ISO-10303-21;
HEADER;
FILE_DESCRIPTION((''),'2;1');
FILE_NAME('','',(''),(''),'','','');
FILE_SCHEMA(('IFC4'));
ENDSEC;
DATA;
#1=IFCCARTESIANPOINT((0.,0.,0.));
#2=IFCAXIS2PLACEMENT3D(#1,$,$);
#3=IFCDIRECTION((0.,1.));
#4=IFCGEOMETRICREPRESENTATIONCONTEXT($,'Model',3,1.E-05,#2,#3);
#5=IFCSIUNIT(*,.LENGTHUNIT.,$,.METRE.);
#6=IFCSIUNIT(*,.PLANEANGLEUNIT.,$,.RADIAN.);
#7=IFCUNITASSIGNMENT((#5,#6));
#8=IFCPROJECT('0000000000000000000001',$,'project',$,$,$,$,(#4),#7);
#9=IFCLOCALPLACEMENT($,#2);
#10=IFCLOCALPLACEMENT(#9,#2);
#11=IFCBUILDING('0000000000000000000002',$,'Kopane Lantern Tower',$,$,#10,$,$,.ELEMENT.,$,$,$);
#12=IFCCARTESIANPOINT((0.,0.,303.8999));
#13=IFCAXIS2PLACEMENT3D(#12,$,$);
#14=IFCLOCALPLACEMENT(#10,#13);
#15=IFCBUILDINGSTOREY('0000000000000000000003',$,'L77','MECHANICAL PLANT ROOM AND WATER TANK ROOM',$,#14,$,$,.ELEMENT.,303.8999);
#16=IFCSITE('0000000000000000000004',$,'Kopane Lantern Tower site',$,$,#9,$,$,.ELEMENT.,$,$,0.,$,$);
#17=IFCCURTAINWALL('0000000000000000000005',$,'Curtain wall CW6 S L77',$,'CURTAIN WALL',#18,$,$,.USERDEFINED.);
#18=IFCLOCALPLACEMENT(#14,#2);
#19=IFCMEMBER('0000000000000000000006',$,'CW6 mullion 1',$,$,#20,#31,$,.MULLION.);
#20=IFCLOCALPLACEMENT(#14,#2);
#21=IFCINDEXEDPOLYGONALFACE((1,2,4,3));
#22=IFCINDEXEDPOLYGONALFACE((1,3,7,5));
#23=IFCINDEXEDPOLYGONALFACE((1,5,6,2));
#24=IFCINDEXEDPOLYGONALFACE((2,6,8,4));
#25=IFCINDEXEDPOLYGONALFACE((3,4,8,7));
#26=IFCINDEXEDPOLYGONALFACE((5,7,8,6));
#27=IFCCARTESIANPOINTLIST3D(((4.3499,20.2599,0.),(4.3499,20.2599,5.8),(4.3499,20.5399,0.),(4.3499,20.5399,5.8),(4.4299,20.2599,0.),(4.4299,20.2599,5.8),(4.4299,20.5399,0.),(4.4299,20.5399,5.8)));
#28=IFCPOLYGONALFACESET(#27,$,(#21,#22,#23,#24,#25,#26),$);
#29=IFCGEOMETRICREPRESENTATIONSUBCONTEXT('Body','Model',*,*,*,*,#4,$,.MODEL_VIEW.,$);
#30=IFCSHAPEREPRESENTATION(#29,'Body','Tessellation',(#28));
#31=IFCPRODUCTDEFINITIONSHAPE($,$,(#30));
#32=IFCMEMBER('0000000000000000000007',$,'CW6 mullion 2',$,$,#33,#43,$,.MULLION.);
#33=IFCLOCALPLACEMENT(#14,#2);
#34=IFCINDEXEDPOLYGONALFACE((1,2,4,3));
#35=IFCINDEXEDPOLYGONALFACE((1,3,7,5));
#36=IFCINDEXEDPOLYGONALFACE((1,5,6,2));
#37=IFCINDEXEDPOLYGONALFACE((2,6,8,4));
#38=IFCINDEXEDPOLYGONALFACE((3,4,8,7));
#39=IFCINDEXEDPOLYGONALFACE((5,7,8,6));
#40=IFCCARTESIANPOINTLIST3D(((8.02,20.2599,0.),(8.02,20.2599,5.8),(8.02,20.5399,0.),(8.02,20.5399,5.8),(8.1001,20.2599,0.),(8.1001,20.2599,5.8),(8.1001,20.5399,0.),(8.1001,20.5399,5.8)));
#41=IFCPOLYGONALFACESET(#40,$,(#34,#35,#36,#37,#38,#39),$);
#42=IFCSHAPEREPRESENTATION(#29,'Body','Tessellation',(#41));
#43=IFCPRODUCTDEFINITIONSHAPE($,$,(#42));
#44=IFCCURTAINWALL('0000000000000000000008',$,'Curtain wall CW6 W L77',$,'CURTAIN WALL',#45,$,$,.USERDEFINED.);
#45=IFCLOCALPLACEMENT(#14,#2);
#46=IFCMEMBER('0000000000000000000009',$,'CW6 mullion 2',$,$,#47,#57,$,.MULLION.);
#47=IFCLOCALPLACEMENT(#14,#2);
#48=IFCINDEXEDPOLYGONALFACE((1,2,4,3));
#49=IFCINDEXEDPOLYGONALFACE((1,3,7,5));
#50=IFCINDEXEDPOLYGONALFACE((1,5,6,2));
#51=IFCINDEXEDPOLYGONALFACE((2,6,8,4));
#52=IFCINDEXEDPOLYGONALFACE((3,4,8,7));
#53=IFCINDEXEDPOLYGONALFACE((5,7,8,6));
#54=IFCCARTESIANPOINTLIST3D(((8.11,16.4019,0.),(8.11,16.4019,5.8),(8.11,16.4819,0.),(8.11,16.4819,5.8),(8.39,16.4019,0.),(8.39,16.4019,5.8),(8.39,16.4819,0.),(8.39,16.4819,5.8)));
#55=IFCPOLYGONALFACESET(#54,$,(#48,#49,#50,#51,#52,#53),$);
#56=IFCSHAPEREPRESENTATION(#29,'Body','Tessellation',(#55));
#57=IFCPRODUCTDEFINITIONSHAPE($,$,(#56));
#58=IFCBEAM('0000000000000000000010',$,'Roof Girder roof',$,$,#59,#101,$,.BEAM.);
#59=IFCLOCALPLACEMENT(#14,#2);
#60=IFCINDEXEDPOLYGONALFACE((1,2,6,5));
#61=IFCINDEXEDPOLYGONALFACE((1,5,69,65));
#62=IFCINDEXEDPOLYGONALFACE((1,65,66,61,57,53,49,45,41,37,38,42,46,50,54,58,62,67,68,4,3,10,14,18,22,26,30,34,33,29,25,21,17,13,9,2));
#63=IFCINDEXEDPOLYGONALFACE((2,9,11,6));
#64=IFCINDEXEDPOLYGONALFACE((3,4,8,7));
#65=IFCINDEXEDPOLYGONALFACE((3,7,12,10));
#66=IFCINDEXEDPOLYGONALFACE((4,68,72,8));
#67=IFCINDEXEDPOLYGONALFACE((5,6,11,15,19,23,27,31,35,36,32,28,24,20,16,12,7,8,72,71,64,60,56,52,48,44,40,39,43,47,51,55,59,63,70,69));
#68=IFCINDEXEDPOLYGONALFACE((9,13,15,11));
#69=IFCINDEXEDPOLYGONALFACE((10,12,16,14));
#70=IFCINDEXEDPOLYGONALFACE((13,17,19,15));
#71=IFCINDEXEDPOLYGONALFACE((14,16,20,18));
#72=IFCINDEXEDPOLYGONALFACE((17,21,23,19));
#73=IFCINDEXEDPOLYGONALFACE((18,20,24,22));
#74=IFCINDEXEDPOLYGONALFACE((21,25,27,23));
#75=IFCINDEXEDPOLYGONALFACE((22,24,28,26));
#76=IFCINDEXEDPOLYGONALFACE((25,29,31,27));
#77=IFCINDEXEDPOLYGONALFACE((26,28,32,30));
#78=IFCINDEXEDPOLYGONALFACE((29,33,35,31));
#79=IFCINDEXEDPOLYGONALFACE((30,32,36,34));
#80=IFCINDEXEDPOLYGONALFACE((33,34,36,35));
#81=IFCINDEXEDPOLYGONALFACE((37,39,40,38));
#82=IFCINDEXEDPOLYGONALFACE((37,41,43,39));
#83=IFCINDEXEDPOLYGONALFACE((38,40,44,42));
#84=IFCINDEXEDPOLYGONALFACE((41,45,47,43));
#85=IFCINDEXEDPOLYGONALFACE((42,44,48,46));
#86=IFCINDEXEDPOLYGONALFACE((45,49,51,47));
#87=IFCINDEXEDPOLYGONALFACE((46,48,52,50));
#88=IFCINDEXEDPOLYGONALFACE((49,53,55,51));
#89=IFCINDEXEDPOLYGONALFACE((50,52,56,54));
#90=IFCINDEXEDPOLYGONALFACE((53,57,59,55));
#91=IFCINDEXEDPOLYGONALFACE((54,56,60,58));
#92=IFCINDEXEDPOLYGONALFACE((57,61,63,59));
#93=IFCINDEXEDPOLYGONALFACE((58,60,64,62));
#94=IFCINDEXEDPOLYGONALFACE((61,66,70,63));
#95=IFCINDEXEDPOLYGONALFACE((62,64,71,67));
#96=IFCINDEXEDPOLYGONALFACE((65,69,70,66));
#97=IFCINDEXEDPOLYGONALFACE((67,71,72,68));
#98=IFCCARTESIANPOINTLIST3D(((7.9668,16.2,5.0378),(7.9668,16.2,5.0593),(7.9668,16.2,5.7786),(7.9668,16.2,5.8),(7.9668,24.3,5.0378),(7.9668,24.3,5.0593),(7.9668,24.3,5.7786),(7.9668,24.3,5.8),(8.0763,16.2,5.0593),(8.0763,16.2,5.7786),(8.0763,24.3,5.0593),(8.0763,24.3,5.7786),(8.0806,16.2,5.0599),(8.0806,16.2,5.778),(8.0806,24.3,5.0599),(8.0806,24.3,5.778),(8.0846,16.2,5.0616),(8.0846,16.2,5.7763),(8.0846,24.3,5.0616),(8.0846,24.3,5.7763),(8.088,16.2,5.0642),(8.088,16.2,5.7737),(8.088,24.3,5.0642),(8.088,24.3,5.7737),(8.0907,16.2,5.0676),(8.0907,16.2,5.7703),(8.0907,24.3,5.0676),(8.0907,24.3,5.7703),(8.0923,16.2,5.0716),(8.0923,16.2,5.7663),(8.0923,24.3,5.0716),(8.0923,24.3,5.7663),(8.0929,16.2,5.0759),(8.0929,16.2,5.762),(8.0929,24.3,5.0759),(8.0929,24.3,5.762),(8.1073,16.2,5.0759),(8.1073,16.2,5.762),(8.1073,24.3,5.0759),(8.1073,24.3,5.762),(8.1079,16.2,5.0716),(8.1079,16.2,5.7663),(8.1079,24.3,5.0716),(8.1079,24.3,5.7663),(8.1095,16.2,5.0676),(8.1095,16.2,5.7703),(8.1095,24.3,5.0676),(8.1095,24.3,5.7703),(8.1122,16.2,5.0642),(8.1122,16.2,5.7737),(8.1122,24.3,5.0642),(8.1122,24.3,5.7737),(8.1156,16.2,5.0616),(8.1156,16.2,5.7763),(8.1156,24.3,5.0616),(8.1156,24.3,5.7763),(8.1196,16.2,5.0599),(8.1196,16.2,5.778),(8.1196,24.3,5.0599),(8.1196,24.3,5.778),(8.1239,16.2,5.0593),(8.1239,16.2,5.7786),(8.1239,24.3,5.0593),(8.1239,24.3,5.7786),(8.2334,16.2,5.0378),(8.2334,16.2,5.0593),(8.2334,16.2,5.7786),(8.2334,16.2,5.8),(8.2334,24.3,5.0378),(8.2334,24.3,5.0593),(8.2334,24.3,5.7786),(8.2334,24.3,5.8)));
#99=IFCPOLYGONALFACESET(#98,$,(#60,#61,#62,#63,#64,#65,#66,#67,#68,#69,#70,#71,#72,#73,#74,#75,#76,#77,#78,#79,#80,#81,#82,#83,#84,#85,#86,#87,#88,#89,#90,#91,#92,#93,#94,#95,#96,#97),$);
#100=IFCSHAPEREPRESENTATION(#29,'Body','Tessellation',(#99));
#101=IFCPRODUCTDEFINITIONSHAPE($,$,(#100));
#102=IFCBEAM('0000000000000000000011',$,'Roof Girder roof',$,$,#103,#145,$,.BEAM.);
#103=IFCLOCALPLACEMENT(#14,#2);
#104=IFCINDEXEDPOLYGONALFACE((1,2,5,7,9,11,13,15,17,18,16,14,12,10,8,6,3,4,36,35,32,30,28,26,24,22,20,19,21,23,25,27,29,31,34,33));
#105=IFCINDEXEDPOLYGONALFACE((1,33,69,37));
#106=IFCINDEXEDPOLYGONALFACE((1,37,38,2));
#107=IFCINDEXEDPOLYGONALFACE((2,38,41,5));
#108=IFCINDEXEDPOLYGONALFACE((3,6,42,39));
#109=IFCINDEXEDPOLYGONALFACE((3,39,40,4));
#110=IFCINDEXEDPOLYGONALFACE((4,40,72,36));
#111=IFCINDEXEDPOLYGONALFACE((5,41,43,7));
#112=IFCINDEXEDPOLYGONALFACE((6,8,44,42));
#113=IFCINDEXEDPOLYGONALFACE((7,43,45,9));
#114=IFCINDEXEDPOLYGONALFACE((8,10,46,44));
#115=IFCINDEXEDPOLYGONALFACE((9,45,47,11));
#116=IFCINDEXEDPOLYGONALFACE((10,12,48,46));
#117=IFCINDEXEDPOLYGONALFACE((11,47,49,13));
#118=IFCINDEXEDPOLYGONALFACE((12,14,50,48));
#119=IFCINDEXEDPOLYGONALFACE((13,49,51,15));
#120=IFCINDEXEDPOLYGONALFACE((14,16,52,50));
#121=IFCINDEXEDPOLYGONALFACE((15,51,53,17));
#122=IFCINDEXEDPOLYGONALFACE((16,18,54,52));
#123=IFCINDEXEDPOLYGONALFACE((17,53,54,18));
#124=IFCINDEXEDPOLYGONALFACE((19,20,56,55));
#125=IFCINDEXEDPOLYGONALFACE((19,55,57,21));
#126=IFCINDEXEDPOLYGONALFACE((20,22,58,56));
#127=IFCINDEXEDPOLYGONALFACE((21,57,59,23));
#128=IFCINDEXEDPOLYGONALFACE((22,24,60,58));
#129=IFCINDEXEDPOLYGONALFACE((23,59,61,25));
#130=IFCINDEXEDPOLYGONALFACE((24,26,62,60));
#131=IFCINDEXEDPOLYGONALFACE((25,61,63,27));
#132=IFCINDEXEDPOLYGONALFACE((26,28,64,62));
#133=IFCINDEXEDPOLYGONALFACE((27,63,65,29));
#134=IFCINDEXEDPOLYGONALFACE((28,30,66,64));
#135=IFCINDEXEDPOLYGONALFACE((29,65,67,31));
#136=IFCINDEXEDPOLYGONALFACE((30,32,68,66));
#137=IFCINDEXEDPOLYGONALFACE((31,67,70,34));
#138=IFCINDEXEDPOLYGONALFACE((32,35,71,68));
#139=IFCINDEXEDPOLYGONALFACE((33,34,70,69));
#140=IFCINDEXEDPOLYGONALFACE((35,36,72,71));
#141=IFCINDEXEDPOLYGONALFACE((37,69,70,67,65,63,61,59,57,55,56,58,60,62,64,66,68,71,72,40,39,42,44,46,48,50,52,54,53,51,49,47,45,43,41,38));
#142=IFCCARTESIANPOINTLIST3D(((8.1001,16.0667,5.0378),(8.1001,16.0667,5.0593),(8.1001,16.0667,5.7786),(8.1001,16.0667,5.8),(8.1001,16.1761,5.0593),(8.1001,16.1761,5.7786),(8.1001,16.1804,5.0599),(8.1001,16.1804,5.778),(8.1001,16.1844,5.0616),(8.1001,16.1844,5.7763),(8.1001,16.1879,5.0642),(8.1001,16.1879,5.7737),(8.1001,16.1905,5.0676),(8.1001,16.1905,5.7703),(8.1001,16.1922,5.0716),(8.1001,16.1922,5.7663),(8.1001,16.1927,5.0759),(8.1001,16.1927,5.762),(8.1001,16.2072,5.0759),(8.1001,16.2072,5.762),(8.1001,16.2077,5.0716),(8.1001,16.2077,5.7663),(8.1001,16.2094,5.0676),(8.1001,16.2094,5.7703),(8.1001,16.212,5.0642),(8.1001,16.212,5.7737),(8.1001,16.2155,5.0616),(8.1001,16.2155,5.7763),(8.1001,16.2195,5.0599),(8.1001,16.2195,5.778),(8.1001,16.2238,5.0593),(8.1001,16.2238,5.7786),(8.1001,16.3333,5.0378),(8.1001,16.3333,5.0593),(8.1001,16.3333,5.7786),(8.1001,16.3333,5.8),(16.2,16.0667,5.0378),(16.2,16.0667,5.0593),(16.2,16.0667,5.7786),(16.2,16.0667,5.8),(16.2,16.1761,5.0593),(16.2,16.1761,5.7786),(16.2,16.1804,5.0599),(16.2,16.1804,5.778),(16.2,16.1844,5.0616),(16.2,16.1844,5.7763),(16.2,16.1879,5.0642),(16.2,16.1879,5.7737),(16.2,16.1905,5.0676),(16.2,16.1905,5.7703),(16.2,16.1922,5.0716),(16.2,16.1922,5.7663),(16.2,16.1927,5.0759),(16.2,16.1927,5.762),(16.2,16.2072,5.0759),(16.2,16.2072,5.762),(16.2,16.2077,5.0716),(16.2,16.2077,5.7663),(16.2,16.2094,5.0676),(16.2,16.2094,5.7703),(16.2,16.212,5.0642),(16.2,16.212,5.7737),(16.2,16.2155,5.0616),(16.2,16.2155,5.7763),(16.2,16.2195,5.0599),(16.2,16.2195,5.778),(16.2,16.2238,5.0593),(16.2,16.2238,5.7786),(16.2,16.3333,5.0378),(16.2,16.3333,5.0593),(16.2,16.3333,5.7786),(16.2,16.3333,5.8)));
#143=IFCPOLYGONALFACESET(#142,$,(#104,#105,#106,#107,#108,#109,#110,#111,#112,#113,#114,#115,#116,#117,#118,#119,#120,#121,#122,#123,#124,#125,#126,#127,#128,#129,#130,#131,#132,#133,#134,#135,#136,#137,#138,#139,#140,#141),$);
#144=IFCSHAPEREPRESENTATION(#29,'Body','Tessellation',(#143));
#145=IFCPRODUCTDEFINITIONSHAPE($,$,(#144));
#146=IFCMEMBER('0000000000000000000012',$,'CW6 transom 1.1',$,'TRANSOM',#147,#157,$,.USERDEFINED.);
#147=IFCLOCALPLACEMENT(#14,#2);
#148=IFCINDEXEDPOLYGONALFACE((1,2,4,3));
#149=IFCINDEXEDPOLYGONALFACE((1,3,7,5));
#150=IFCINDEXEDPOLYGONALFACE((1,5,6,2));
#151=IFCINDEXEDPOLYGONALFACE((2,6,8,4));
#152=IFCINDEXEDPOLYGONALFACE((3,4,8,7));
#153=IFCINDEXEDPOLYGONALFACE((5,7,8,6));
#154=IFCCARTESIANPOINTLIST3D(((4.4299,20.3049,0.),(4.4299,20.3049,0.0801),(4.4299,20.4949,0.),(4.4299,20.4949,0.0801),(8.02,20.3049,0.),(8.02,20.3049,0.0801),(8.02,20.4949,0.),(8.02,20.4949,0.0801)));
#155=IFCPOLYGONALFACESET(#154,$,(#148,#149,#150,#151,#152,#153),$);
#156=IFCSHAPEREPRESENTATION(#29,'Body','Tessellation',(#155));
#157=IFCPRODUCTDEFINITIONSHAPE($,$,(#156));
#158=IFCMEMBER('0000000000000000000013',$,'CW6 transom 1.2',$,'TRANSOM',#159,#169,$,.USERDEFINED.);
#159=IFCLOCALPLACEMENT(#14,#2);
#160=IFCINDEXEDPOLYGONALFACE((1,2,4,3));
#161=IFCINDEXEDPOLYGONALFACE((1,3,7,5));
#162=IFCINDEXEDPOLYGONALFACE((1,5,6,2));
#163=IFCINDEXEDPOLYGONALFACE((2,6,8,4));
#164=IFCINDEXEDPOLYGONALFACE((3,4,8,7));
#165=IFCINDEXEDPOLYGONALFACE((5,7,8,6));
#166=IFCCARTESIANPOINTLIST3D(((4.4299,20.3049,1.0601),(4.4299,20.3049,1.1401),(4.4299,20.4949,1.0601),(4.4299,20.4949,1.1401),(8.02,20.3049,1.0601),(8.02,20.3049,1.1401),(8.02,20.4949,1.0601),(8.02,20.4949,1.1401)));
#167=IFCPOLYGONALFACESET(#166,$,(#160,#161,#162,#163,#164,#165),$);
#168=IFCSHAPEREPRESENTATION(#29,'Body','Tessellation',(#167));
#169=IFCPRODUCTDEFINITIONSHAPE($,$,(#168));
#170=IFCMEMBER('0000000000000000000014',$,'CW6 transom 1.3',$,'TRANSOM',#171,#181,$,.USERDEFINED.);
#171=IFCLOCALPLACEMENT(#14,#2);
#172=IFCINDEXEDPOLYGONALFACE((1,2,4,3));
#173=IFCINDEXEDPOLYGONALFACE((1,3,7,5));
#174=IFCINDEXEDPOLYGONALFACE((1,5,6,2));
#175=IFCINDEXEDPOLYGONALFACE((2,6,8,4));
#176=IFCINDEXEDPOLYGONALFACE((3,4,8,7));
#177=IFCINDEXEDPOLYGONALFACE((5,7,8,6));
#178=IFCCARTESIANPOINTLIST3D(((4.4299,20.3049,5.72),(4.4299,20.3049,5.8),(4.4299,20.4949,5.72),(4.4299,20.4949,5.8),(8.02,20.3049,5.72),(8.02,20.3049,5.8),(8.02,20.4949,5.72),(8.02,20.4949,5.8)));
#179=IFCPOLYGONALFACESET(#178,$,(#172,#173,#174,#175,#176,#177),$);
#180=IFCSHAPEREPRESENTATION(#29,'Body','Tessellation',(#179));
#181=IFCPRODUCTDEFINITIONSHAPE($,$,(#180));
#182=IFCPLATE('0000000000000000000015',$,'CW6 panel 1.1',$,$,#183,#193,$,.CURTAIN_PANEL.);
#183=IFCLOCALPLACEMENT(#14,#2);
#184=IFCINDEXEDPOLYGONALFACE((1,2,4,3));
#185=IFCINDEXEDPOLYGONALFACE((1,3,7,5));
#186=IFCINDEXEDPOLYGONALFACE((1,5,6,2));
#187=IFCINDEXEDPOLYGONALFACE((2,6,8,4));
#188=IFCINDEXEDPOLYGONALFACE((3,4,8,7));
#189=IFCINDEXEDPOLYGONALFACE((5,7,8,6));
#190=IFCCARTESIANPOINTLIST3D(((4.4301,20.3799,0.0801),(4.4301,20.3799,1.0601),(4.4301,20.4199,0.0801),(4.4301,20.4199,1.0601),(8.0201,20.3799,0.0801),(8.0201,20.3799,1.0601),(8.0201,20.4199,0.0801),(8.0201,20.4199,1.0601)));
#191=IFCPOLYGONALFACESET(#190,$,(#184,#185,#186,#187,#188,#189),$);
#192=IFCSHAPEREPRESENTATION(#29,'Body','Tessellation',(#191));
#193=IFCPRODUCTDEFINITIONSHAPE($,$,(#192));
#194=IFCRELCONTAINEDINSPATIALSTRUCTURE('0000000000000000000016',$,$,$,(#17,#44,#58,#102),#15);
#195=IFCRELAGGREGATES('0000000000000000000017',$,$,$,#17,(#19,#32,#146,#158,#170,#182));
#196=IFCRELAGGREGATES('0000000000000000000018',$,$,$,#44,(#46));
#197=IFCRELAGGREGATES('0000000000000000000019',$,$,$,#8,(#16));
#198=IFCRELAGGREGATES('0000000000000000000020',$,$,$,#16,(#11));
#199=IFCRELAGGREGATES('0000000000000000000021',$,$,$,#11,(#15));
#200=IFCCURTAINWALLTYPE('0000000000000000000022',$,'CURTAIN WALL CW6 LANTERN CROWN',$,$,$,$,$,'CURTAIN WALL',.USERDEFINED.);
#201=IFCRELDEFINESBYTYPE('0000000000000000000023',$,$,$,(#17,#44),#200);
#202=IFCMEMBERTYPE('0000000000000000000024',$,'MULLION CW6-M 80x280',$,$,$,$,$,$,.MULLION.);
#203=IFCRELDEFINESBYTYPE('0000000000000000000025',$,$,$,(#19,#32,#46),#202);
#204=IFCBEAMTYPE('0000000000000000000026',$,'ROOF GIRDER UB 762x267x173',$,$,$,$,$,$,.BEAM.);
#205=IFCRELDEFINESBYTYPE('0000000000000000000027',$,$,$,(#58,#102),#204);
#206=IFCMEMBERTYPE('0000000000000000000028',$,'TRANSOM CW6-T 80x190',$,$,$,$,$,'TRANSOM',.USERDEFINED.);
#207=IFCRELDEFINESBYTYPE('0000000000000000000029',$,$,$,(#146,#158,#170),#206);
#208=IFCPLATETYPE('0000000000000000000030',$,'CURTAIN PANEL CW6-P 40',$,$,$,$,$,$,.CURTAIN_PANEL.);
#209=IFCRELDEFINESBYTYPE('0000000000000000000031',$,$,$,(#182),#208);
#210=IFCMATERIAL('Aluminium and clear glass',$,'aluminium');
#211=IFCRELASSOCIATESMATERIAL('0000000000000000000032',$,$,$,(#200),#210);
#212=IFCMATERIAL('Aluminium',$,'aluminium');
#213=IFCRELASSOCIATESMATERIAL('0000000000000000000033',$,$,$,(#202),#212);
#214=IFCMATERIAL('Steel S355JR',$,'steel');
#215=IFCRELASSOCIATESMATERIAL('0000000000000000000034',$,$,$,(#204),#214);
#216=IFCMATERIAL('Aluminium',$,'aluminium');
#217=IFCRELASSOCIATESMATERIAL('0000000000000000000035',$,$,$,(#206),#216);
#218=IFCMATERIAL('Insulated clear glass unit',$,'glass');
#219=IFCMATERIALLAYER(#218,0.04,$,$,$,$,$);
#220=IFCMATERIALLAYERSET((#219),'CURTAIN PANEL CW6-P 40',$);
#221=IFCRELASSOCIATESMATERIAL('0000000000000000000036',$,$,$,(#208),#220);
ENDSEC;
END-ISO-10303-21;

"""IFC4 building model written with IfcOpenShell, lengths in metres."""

from ifc_helpers import new_model, si_unit, direction, frame, origin, origin_2d, place, context, subcontext, project, spatial, rectangle, i_section, extrude, material, layer, layer_set, material_profile, profile_set, type_object, element, aggregate, save


model = new_model("IFC4")

# Units and contexts
model_context = context("Model", 3, precision=1e-05, world=origin(), true_north=direction((0.0, 1.0)))
body_context = subcontext(model_context, "Body", "Model", "MODEL_VIEW")
ifc_project = project(units=[si_unit("LENGTHUNIT", "METRE"), si_unit("PLANEANGLEUNIT", "RADIAN")], contexts=[model_context])

# Site, building, storey
site_placement = place(None, origin())
site = spatial("IfcSite", under=ifc_project, at=site_placement, Name="Kopane Lantern Tower site", CompositionType="ELEMENT", RefElevation=0.0)
building_placement = place(site_placement, origin())
building = spatial("IfcBuilding", under=site, at=building_placement, Name="Kopane Lantern Tower", CompositionType="ELEMENT")
storey_placement = place(building_placement, frame((0.0, 0.0, 303.8999)))
storey = spatial("IfcBuildingStorey", under=building, at=storey_placement, Name="L77", Description="MECHANICAL PLANT ROOM AND WATER TANK ROOM", CompositionType="ELEMENT", Elevation=303.8999)

# Curtain wall, members
ifc_material_1 = material(Name="Aluminium and clear glass", Category="aluminium")
curtain_wall_type = type_object("IfcCurtainWallType", Name="CURTAIN WALL CW6 LANTERN CROWN", ElementType="CURTAIN WALL", PredefinedType="USERDEFINED", material=ifc_material_1)
curtain_wall_1_placement = place(storey_placement, origin())
curtain_wall_1 = element("IfcCurtainWall", 1, at=curtain_wall_1_placement, inside=storey, type_object=curtain_wall_type, Name="Curtain wall CW6 S L77", ObjectType="CURTAIN WALL", PredefinedType="USERDEFINED")
ifc_material_2 = material(Name="Aluminium", Category="aluminium")
ifc_material_profile_1 = material_profile(ifc_material_2, rectangle(XDim=0.0801, YDim=0.28, at=origin_2d()), Name="AL 80x280")
ifc_profile_set_1 = profile_set([ifc_material_profile_1], Name="Aluminium")
member_type_1 = type_object("IfcMemberType", Name="MULLION CW6-M 80x280", PredefinedType="MULLION", material=ifc_profile_set_1)
member_1_placement = place(storey_placement, frame((4.3899, 20.3999, 0.0), z_axis=(0.0, 0.0, 1.0), x_axis=(1.0, 0.0, 0.0)))
member_1 = element("IfcMember", 2, at=member_1_placement, type_object=member_type_1, Name="CW6 mullion 1", PredefinedType="MULLION", context=body_context, shape_type="SweptSolid", body=[
    extrude(rectangle(XDim=0.0801, YDim=0.28, at=origin_2d()), origin(), (0.0, 0.0, 1.0), 5.8),
])
member_2_placement = place(storey_placement, frame((8.0601, 20.3999, 0.0), z_axis=(0.0, 0.0, 1.0), x_axis=(1.0, 0.0, 0.0)))
member_2 = element("IfcMember", 3, at=member_2_placement, type_object=member_type_1, Name="CW6 mullion 2", PredefinedType="MULLION", context=body_context, shape_type="SweptSolid", body=[
    extrude(rectangle(XDim=0.0801, YDim=0.28, at=origin_2d()), origin(), (0.0, 0.0, 1.0), 5.8),
])

# Curtain wall, member
curtain_wall_2_placement = place(storey_placement, origin())
curtain_wall_2 = element("IfcCurtainWall", 4, at=curtain_wall_2_placement, inside=storey, type_object=curtain_wall_type, Name="Curtain wall CW6 W L77", ObjectType="CURTAIN WALL", PredefinedType="USERDEFINED")
member_3_placement = place(storey_placement, frame((8.25, 16.4419, 0.0), z_axis=(0.0, 0.0, 1.0), x_axis=(0.0, -1.0, 0.0)))
member_3 = element("IfcMember", 5, at=member_3_placement, type_object=member_type_1, Name="CW6 mullion 2", PredefinedType="MULLION", context=body_context, shape_type="SweptSolid", body=[
    extrude(rectangle(XDim=0.0801, YDim=0.28, at=origin_2d()), origin(), (0.0, 0.0, 1.0), 5.8),
])

# Beams
ifc_material_3 = material(Name="Steel S355JR", Category="steel")
ifc_material_profile_2 = material_profile(ifc_material_3, i_section(OverallWidth=0.2666, OverallDepth=0.7622, WebThickness=0.0144, FlangeThickness=0.0215, FilletRadius=0.0166, at=origin_2d()), Name="UB 762x267x173")
ifc_profile_set_2 = profile_set([ifc_material_profile_2], Name="Steel S355JR")
beam_type_1 = type_object("IfcBeamType", Name="ROOF GIRDER UB 762x267x173", PredefinedType="BEAM", material=ifc_profile_set_2)
beam_1_placement = place(storey_placement, frame((8.1001, 16.2, 5.4189), z_axis=(0.0, 1.0, 0.0), x_axis=(-1.0, 0.0, 0.0)))
element("IfcBeam", 6, at=beam_1_placement, inside=storey, type_object=beam_type_1, Name="Roof Girder roof", PredefinedType="BEAM", context=body_context, shape_type="SweptSolid", body=[
    extrude(i_section(OverallWidth=0.2666, OverallDepth=0.7622, WebThickness=0.0144, FlangeThickness=0.0215, FilletRadius=0.0166, at=origin_2d()), origin(), (0.0, 0.0, 1.0), 8.1001),
])
beam_2_placement = place(storey_placement, frame((8.1001, 16.2, 5.4189), z_axis=(1.0, 0.0, 0.0), x_axis=(0.0, 1.0, 0.0)))
element("IfcBeam", 7, at=beam_2_placement, inside=storey, type_object=beam_type_1, Name="Roof Girder roof", PredefinedType="BEAM", context=body_context, shape_type="SweptSolid", body=[
    extrude(i_section(OverallWidth=0.2666, OverallDepth=0.7622, WebThickness=0.0144, FlangeThickness=0.0215, FilletRadius=0.0166, at=origin_2d()), origin(), (0.0, 0.0, 1.0), 8.0999),
])

# Members
ifc_material_4 = material(Name="Aluminium", Category="aluminium")
ifc_material_profile_3 = material_profile(ifc_material_4, rectangle(XDim=0.1899, YDim=0.0801, at=origin_2d()), Name="AL 190x80")
ifc_profile_set_3 = profile_set([ifc_material_profile_3], Name="Aluminium")
member_type_2 = type_object("IfcMemberType", Name="TRANSOM CW6-T 80x190", ElementType="TRANSOM", PredefinedType="USERDEFINED", material=ifc_profile_set_3)
member_4_placement = place(storey_placement, frame((4.4299, 20.3999, 0.04), z_axis=(1.0, 0.0, 0.0), x_axis=(0.0, 1.0, 0.0)))
member_4 = element("IfcMember", 8, at=member_4_placement, type_object=member_type_2, Name="CW6 transom 1.1", ObjectType="TRANSOM", PredefinedType="USERDEFINED", context=body_context, shape_type="SweptSolid", body=[
    extrude(rectangle(XDim=0.1899, YDim=0.0801, at=origin_2d()), origin(), (0.0, 0.0, 1.0), 3.5901),
])
member_5_placement = place(storey_placement, frame((4.4299, 20.3999, 1.1001), z_axis=(1.0, 0.0, 0.0), x_axis=(0.0, 1.0, 0.0)))
member_5 = element("IfcMember", 9, at=member_5_placement, type_object=member_type_2, Name="CW6 transom 1.2", ObjectType="TRANSOM", PredefinedType="USERDEFINED", context=body_context, shape_type="SweptSolid", body=[
    extrude(rectangle(XDim=0.1899, YDim=0.0801, at=origin_2d()), origin(), (0.0, 0.0, 1.0), 3.5901),
])
member_6_placement = place(storey_placement, frame((4.4299, 20.3999, 5.76), z_axis=(1.0, 0.0, 0.0), x_axis=(0.0, 1.0, 0.0)))
member_6 = element("IfcMember", 10, at=member_6_placement, type_object=member_type_2, Name="CW6 transom 1.3", ObjectType="TRANSOM", PredefinedType="USERDEFINED", context=body_context, shape_type="SweptSolid", body=[
    extrude(rectangle(XDim=0.1899, YDim=0.0801, at=origin_2d()), origin(), (0.0, 0.0, 1.0), 3.5901),
])

# Plate
ifc_material_5 = material(Name="Insulated clear glass unit", Category="glass")
ifc_layer_1 = layer(ifc_material_5, 0.04)
ifc_layer_set_1 = layer_set([ifc_layer_1], Name="CURTAIN PANEL CW6-P 40")
plate_type_1 = type_object("IfcPlateType", Name="CURTAIN PANEL CW6-P 40", PredefinedType="CURTAIN_PANEL", material=ifc_layer_set_1)
plate_1_placement = place(storey_placement, frame((6.2251, 20.3999, 0.0801), z_axis=(0.0, 0.0, 1.0), x_axis=(1.0, 0.0, 0.0)))
plate_1 = element("IfcPlate", 11, at=plate_1_placement, type_object=plate_type_1, Name="CW6 panel 1.1", PredefinedType="CURTAIN_PANEL", context=body_context, shape_type="SweptSolid", body=[
    extrude(rectangle(XDim=3.5901, YDim=0.04, at=origin_2d()), origin(), (0.0, 0.0, 1.0), 0.98),
])
aggregate(curtain_wall_1, [member_1, member_2, member_4, member_5, member_6, plate_1])
aggregate(curtain_wall_2, [member_3])

save(model, "model.ifc")
